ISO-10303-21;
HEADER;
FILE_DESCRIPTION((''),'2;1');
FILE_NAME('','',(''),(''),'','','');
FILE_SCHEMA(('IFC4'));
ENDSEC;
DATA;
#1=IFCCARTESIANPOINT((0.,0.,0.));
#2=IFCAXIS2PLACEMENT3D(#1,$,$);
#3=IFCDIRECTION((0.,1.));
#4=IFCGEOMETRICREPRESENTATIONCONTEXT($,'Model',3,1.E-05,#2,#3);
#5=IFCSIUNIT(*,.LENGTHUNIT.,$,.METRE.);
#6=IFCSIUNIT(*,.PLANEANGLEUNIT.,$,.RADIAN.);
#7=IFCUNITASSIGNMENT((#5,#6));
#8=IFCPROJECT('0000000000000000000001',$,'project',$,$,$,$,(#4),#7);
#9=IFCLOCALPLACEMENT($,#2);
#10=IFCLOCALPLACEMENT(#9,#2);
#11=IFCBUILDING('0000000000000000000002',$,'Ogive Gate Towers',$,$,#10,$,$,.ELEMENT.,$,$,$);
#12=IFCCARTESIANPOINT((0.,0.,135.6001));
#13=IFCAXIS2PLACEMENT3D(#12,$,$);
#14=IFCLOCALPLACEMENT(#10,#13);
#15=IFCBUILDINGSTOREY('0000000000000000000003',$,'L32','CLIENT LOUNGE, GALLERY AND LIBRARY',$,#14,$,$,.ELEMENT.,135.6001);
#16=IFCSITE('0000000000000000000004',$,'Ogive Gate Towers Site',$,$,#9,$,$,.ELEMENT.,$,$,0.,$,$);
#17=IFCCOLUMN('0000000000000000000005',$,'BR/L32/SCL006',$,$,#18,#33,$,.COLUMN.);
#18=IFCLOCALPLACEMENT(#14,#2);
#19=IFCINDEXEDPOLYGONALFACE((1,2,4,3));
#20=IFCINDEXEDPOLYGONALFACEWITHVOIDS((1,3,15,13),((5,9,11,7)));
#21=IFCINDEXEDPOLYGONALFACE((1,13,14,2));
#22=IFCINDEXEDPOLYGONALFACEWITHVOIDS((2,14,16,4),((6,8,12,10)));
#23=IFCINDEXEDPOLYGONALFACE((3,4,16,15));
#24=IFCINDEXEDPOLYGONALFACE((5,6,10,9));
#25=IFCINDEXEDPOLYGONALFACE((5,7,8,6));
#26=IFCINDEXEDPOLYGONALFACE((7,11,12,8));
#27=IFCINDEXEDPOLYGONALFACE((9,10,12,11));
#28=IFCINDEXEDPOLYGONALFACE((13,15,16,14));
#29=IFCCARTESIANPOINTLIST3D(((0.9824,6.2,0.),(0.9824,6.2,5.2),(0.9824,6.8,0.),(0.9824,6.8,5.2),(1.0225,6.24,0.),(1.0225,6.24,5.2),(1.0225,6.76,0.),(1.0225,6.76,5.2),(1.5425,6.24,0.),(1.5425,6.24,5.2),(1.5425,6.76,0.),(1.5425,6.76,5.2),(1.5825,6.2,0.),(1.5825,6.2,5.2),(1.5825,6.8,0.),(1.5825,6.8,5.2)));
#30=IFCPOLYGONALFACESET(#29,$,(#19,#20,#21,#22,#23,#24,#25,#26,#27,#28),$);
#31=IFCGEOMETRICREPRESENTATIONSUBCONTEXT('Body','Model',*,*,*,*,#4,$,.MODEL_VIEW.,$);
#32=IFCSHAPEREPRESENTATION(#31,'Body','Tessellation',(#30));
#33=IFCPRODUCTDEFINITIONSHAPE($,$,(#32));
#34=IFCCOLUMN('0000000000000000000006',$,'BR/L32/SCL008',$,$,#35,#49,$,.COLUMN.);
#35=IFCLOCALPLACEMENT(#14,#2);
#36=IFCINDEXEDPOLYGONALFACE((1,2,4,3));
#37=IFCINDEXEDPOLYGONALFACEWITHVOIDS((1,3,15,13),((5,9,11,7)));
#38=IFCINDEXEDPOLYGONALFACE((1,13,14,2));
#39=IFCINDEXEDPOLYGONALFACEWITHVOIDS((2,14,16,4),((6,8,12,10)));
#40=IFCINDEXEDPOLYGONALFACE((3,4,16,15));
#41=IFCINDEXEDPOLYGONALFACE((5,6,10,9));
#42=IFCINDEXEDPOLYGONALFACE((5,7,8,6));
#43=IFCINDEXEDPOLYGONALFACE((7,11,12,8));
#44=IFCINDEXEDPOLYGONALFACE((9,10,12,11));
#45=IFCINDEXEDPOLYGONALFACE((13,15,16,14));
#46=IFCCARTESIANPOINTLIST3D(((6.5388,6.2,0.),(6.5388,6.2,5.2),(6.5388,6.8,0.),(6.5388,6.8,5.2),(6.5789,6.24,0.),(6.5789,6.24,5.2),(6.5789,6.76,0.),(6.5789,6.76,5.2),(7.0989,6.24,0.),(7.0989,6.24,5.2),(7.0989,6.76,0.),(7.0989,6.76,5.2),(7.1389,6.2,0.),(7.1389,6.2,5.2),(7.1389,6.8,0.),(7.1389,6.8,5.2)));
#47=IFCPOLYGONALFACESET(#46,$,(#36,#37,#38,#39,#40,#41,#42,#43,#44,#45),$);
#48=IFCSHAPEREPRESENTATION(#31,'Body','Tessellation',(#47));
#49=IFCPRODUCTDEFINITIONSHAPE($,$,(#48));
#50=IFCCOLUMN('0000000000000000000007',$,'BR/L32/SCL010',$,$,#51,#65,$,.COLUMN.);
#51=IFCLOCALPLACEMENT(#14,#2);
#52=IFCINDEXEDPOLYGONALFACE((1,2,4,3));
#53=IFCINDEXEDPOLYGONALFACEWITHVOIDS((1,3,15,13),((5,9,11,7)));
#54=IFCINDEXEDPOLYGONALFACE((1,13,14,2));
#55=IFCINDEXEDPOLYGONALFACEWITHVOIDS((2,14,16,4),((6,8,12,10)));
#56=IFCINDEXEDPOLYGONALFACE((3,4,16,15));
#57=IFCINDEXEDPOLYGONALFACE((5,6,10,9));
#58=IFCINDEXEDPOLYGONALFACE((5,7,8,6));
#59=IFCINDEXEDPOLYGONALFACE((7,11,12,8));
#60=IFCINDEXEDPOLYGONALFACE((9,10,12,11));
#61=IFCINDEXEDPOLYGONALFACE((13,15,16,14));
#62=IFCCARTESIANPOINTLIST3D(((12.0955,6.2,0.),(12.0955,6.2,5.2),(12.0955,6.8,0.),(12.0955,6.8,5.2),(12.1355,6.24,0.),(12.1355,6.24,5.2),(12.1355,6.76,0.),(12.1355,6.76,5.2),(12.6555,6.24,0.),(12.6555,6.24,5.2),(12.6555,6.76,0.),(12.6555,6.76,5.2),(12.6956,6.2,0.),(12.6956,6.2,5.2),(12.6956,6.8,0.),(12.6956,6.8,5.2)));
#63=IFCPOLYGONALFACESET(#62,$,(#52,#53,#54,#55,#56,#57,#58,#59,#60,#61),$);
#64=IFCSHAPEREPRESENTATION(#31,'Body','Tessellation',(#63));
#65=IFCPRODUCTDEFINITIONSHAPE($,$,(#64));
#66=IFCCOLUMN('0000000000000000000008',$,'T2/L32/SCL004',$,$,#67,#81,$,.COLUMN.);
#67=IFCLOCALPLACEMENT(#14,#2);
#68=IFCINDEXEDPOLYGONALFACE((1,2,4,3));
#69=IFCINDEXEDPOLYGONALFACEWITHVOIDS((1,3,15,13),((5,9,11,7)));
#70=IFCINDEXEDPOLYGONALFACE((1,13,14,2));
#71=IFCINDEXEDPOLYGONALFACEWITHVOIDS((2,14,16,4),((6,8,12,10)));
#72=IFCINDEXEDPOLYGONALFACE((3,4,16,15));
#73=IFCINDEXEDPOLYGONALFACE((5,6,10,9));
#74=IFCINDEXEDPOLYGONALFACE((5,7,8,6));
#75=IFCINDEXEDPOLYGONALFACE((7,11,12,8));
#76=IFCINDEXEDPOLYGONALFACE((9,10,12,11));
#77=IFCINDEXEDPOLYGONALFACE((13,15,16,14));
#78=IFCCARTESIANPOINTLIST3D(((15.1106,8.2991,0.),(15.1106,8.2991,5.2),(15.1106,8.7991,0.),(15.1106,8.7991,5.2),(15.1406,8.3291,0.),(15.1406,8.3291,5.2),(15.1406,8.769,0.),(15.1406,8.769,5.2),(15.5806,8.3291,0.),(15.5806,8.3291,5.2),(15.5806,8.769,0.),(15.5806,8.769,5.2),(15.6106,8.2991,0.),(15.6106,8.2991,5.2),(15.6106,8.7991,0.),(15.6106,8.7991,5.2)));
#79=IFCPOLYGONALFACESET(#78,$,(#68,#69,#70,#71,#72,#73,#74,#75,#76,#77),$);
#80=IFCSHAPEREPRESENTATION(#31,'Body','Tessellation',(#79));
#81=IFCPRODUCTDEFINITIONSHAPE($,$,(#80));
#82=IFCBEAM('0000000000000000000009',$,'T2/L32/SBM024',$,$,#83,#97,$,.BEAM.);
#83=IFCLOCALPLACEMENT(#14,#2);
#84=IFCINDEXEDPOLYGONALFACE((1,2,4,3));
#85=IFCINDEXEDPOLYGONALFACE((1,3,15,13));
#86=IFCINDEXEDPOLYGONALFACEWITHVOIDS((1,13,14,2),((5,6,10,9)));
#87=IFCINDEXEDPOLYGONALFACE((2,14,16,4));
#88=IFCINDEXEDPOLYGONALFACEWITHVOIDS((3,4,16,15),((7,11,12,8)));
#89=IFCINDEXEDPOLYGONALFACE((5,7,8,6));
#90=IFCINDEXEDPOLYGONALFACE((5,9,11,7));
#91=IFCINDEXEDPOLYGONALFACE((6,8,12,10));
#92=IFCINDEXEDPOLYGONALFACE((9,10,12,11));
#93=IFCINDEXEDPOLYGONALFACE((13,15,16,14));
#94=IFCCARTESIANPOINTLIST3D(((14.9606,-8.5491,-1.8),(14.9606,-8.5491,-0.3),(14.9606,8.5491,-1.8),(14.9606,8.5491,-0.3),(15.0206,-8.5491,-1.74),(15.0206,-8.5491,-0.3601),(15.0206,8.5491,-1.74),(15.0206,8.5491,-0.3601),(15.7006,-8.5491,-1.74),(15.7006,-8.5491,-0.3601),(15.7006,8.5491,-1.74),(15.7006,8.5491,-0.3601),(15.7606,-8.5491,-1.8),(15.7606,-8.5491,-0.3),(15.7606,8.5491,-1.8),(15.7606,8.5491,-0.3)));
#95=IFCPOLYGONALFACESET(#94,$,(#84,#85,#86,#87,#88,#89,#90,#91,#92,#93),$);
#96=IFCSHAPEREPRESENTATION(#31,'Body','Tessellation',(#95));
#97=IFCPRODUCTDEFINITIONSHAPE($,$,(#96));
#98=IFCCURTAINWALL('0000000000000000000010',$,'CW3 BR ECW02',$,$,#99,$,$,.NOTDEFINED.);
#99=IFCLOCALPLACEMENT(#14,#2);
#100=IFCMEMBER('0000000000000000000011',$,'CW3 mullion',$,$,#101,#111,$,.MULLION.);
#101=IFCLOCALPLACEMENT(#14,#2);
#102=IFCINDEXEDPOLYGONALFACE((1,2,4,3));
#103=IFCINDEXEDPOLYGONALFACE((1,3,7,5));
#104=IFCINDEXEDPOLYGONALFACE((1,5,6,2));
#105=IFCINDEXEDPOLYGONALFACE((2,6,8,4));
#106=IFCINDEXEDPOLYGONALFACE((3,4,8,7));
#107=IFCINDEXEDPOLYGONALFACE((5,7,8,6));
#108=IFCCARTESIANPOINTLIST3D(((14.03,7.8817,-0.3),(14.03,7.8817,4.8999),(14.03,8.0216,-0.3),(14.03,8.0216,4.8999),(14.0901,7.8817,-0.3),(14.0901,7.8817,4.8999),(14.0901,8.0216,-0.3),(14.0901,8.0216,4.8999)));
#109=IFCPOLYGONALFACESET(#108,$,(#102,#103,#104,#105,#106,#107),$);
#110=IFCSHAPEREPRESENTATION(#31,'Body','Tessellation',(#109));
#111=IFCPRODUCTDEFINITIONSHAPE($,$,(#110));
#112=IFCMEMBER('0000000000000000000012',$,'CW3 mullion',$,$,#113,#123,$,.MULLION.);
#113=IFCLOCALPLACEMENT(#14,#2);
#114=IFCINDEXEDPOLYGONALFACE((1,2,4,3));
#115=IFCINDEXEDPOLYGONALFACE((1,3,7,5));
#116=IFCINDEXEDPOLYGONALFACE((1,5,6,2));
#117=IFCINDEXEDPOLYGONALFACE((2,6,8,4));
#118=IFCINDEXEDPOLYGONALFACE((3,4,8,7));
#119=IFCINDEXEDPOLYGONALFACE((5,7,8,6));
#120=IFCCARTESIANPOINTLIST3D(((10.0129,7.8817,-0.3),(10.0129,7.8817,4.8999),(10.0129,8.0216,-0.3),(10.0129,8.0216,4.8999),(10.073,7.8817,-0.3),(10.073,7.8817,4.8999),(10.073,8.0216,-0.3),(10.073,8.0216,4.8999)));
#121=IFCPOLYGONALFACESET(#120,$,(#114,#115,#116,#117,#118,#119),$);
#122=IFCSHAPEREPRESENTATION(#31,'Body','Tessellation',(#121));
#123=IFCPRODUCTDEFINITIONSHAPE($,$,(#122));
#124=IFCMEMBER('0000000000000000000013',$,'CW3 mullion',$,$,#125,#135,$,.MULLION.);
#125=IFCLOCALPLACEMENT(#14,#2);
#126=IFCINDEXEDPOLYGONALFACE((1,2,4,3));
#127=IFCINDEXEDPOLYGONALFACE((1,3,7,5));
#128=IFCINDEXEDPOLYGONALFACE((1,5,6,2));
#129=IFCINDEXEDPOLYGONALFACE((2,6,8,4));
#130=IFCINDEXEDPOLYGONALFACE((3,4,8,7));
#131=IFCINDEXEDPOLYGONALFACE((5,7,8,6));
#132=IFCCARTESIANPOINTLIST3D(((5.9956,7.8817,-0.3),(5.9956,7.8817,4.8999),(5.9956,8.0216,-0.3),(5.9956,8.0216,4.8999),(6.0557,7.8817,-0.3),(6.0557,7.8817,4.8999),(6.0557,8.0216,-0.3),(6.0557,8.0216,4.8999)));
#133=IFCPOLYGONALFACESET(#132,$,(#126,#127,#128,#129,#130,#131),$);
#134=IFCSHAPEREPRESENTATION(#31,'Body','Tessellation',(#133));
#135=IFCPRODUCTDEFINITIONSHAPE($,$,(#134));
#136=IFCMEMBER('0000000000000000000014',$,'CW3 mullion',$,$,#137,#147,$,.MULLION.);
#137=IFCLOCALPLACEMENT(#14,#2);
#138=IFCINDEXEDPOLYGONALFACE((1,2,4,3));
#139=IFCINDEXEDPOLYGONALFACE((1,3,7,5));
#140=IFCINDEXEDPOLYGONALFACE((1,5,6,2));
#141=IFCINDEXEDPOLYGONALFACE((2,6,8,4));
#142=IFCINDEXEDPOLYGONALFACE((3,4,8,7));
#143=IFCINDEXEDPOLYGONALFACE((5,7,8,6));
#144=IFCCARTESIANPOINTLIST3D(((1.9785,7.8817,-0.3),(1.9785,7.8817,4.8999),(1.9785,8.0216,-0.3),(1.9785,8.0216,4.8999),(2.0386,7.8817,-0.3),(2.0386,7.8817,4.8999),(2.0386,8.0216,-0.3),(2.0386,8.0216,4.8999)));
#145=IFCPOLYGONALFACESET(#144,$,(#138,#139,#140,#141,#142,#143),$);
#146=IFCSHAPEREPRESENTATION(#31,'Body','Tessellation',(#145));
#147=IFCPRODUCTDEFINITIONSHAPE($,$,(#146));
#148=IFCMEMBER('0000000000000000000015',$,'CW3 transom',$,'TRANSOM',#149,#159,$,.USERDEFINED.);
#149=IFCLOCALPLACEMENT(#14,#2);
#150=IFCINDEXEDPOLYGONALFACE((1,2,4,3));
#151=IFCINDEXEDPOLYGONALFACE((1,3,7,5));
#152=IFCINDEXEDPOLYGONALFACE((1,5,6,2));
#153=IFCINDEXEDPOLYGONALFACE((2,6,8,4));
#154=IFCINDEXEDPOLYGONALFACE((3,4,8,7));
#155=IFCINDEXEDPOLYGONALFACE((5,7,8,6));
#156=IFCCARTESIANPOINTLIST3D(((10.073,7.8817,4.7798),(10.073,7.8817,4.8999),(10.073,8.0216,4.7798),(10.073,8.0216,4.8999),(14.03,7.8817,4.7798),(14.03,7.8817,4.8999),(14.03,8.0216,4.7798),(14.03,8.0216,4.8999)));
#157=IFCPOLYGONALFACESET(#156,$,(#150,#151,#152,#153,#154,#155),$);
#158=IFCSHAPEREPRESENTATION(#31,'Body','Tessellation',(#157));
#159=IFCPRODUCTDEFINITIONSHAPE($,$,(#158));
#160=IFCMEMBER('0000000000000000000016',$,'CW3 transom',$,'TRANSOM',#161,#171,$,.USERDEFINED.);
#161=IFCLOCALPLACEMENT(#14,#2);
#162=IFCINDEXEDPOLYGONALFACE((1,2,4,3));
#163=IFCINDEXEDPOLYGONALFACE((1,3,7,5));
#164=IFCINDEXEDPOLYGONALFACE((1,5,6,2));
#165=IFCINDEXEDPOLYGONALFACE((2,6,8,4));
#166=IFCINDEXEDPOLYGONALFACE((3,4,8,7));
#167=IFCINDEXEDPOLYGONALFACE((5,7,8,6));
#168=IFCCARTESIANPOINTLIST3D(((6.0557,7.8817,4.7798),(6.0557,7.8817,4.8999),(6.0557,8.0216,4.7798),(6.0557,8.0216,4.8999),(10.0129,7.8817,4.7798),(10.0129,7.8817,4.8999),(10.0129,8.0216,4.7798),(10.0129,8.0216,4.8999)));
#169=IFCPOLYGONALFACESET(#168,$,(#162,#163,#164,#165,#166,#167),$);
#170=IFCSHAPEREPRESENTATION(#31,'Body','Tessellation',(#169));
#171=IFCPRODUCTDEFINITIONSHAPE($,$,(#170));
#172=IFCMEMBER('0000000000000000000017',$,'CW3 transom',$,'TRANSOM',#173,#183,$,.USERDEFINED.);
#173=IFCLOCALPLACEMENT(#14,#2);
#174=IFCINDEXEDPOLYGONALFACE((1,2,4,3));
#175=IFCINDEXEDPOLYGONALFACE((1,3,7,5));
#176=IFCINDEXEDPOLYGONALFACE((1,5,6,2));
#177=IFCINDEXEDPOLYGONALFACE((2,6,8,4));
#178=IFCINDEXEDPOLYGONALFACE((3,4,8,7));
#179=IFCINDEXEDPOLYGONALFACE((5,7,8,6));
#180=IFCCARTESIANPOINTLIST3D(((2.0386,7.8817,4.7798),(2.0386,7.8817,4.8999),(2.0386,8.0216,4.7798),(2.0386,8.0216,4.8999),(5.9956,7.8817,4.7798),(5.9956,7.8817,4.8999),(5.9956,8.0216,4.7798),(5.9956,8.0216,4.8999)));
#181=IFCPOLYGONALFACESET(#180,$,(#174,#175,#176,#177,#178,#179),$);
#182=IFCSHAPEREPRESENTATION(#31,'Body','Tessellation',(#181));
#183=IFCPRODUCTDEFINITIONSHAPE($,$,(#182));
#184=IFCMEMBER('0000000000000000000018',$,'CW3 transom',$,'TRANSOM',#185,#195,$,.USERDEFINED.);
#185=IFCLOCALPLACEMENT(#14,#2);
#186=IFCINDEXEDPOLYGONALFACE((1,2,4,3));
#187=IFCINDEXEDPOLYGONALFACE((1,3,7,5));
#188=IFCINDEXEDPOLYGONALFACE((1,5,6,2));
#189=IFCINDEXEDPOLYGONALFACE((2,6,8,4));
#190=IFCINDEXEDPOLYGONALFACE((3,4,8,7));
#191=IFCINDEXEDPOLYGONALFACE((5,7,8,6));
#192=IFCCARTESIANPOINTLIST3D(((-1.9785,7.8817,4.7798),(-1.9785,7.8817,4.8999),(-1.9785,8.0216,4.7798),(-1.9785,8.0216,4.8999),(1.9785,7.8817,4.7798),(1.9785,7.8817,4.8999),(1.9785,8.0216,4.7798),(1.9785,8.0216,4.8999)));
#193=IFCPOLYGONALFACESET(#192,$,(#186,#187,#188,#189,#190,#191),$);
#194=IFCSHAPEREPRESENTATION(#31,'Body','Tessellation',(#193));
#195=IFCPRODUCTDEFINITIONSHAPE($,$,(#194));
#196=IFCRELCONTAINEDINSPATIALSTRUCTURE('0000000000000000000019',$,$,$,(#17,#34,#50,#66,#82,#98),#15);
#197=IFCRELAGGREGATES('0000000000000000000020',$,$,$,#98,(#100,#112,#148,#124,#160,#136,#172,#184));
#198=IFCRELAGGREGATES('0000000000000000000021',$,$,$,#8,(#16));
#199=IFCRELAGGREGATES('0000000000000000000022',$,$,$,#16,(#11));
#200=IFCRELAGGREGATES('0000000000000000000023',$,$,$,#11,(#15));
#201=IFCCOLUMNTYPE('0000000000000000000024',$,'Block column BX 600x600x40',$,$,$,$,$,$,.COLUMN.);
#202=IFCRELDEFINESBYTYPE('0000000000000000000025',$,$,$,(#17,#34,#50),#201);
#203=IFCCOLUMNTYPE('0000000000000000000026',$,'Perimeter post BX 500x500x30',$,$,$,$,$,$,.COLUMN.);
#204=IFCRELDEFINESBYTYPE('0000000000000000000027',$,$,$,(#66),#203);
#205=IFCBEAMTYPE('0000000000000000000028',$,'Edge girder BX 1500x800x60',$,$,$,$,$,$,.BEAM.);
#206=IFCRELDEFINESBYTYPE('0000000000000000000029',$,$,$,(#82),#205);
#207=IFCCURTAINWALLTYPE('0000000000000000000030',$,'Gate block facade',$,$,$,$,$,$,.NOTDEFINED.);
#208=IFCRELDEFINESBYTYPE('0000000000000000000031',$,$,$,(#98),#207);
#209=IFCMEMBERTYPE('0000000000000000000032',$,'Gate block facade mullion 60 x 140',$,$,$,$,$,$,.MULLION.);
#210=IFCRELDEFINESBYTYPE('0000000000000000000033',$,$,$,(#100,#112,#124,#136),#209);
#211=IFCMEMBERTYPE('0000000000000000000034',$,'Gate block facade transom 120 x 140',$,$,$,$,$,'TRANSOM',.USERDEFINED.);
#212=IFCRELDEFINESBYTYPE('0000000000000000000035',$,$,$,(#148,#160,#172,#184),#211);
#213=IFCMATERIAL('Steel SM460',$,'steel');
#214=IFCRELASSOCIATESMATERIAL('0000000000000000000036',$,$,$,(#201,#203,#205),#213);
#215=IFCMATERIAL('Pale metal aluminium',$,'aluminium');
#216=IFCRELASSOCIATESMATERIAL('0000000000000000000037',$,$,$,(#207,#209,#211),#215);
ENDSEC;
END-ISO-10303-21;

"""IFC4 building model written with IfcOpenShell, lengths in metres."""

from ifc_helpers import new_model, si_unit, direction, frame, origin, origin_2d, place, context, subcontext, project, spatial, rectangle, hollow_rectangle, extrude, material, material_profile, profile_set, type_object, element, aggregate, save


model = new_model("IFC4")

# Units and contexts
model_context = context("Model", 3, precision=1e-05, world=origin(), true_north=direction((0.0, 1.0)))
body_context = subcontext(model_context, "Body", "Model", "MODEL_VIEW")
ifc_project = project(units=[si_unit("LENGTHUNIT", "METRE"), si_unit("PLANEANGLEUNIT", "RADIAN")], contexts=[model_context])

# Site, building, storey
site_placement = place(None, origin())
site = spatial("IfcSite", under=ifc_project, at=site_placement, Name="Ogive Gate Towers Site", CompositionType="ELEMENT", RefElevation=0.0)
building_placement = place(site_placement, origin())
building = spatial("IfcBuilding", under=site, at=building_placement, Name="Ogive Gate Towers", CompositionType="ELEMENT")
storey_placement = place(building_placement, frame((0.0, 0.0, 135.6001)))
storey = spatial("IfcBuildingStorey", under=building, at=storey_placement, Name="L32", Description="CLIENT LOUNGE, GALLERY AND LIBRARY", CompositionType="ELEMENT", Elevation=135.6001)

# Columns
ifc_material_1 = material(Name="Steel SM460", Category="steel")
ifc_material_profile_1 = material_profile(ifc_material_1, hollow_rectangle(XDim=0.6001, YDim=0.6001, WallThickness=0.04, at=origin_2d()), Name="BX 600x600x40")
ifc_profile_set_1 = profile_set([ifc_material_profile_1], Name="Steel SM460")
column_type_1 = type_object("IfcColumnType", Name="Block column BX 600x600x40", PredefinedType="COLUMN", material=ifc_profile_set_1)
for number, where, z_axis, x_axis, name in (
    (1, (1.2825, 6.5, 0.0), (0.0, 0.0, 1.0), (1.0, 0.0, 0.0), "BR/L32/SCL006"),
    (2, (6.8389, 6.5, 0.0), (0.0, 0.0, 1.0), (1.0, 0.0, 0.0), "BR/L32/SCL008"),
    (3, (12.3955, 6.5, 0.0), (0.0, 0.0, 1.0), (1.0, 0.0, 0.0), "BR/L32/SCL010"),
):
    element("IfcColumn", number, at=place(storey_placement, frame(where, z_axis=z_axis, x_axis=x_axis)), inside=storey, type_object=column_type_1, Name=name, PredefinedType="COLUMN", context=body_context, shape_type="SweptSolid", body=[
        extrude(hollow_rectangle(XDim=0.6001, YDim=0.6001, WallThickness=0.04, at=origin_2d()), origin(), (0.0, 0.0, 1.0), 5.2),
    ])
ifc_material_profile_2 = material_profile(ifc_material_1, hollow_rectangle(XDim=0.5, YDim=0.5, WallThickness=0.03, at=origin_2d()), Name="BX 500x500x30")
ifc_profile_set_2 = profile_set([ifc_material_profile_2], Name="Steel SM460")
column_type_2 = type_object("IfcColumnType", Name="Perimeter post BX 500x500x30", PredefinedType="COLUMN", material=ifc_profile_set_2)
column_placement = place(storey_placement, frame((15.3606, 8.5491, 0.0), z_axis=(0.0, 0.0, 1.0), x_axis=(1.0, 0.0, 0.0)))
element("IfcColumn", 4, at=column_placement, inside=storey, type_object=column_type_2, Name="T2/L32/SCL004", PredefinedType="COLUMN", context=body_context, shape_type="SweptSolid", body=[
    extrude(hollow_rectangle(XDim=0.5, YDim=0.5, WallThickness=0.03, at=origin_2d()), origin(), (0.0, 0.0, 1.0), 5.2),
])

# Beam
ifc_material_profile_3 = material_profile(ifc_material_1, hollow_rectangle(XDim=0.8, YDim=1.5, WallThickness=0.0601, at=origin_2d()), Name="BX 1500x800x60")
ifc_profile_set_3 = profile_set([ifc_material_profile_3], Name="Steel SM460")
beam_type = type_object("IfcBeamType", Name="Edge girder BX 1500x800x60", PredefinedType="BEAM", material=ifc_profile_set_3)
beam_placement = place(storey_placement, frame((15.3606, 8.5491, -1.05), z_axis=(0.0, -1.0, 0.0), x_axis=(1.0, 0.0, 0.0)))
element("IfcBeam", 5, at=beam_placement, inside=storey, type_object=beam_type, Name="T2/L32/SBM024", PredefinedType="BEAM", context=body_context, shape_type="SweptSolid", body=[
    extrude(hollow_rectangle(XDim=0.8, YDim=1.5, WallThickness=0.0601, at=origin_2d()), origin(), (0.0, 0.0, 1.0), 17.0981),
])

# Curtain wall, members
ifc_material_2 = material(Name="Pale metal aluminium", Category="aluminium")
curtain_wall_type_1 = type_object("IfcCurtainWallType", Name="Gate block facade", PredefinedType="NOTDEFINED", material=ifc_material_2)
curtain_wall_1_placement = place(storey_placement, origin())
curtain_wall_1 = element("IfcCurtainWall", 6, at=curtain_wall_1_placement, inside=storey, type_object=curtain_wall_type_1, Name="CW3 BR ECW02", PredefinedType="NOTDEFINED")
ifc_material_profile_4 = material_profile(ifc_material_2, rectangle(XDim=0.1399, YDim=0.0601, at=origin_2d()), Name="60 x 140 aluminium box")
ifc_profile_set_4 = profile_set([ifc_material_profile_4], Name="Pale metal aluminium")
member_type_1 = type_object("IfcMemberType", Name="Gate block facade mullion 60 x 140", PredefinedType="MULLION", material=ifc_profile_set_4)
member_1_placement = place(storey_placement, frame((14.0601, 7.9517, -0.3), z_axis=(0.0, 0.0, 1.0), x_axis=(0.0, 1.0, 0.0)))
member_1 = element("IfcMember", 7, at=member_1_placement, type_object=member_type_1, Name="CW3 mullion", PredefinedType="MULLION", context=body_context, shape_type="SweptSolid", body=[
    extrude(rectangle(XDim=0.1399, YDim=0.0601, at=origin_2d()), origin(), (0.0, 0.0, 1.0), 5.2),
])
member_2_placement = place(storey_placement, frame((10.043, 7.9517, -0.3), z_axis=(0.0, 0.0, 1.0), x_axis=(0.0, 1.0, 0.0)))
member_2 = element("IfcMember", 8, at=member_2_placement, type_object=member_type_1, Name="CW3 mullion", PredefinedType="MULLION", context=body_context, shape_type="SweptSolid", body=[
    extrude(rectangle(XDim=0.1399, YDim=0.0601, at=origin_2d()), origin(), (0.0, 0.0, 1.0), 5.2),
])
member_3_placement = place(storey_placement, frame((6.0256, 7.9517, -0.3), z_axis=(0.0, 0.0, 1.0), x_axis=(0.0, 1.0, 0.0)))
member_3 = element("IfcMember", 9, at=member_3_placement, type_object=member_type_1, Name="CW3 mullion", PredefinedType="MULLION", context=body_context, shape_type="SweptSolid", body=[
    extrude(rectangle(XDim=0.1399, YDim=0.0601, at=origin_2d()), origin(), (0.0, 0.0, 1.0), 5.2),
])
member_4_placement = place(storey_placement, frame((2.0085, 7.9517, -0.3), z_axis=(0.0, 0.0, 1.0), x_axis=(0.0, 1.0, 0.0)))
member_4 = element("IfcMember", 10, at=member_4_placement, type_object=member_type_1, Name="CW3 mullion", PredefinedType="MULLION", context=body_context, shape_type="SweptSolid", body=[
    extrude(rectangle(XDim=0.1399, YDim=0.0601, at=origin_2d()), origin(), (0.0, 0.0, 1.0), 5.2),
])
ifc_material_profile_5 = material_profile(ifc_material_2, rectangle(XDim=0.1399, YDim=0.1201, at=origin_2d()), Name="120 x 140 aluminium box")
ifc_profile_set_5 = profile_set([ifc_material_profile_5], Name="Pale metal aluminium")
member_type_2 = type_object("IfcMemberType", Name="Gate block facade transom 120 x 140", ElementType="TRANSOM", PredefinedType="USERDEFINED", material=ifc_profile_set_5)
member_5_placement = place(storey_placement, frame((14.03, 7.9517, 4.8398), z_axis=(-1.0, 0.0, 0.0), x_axis=(0.0, -1.0, 0.0)))
member_5 = element("IfcMember", 11, at=member_5_placement, type_object=member_type_2, Name="CW3 transom", ObjectType="TRANSOM", PredefinedType="USERDEFINED", context=body_context, shape_type="SweptSolid", body=[
    extrude(rectangle(XDim=0.1399, YDim=0.1201, at=origin_2d()), origin(), (0.0, 0.0, 1.0), 3.957),
])
member_6_placement = place(storey_placement, frame((10.0129, 7.9517, 4.8398), z_axis=(-1.0, 0.0, 0.0), x_axis=(0.0, -1.0, 0.0)))
member_6 = element("IfcMember", 12, at=member_6_placement, type_object=member_type_2, Name="CW3 transom", ObjectType="TRANSOM", PredefinedType="USERDEFINED", context=body_context, shape_type="SweptSolid", body=[
    extrude(rectangle(XDim=0.1399, YDim=0.1201, at=origin_2d()), origin(), (0.0, 0.0, 1.0), 3.9573),
])
member_7_placement = place(storey_placement, frame((5.9956, 7.9517, 4.8398), z_axis=(-1.0, 0.0, 0.0), x_axis=(0.0, -1.0, 0.0)))
member_7 = element("IfcMember", 13, at=member_7_placement, type_object=member_type_2, Name="CW3 transom", ObjectType="TRANSOM", PredefinedType="USERDEFINED", context=body_context, shape_type="SweptSolid", body=[
    extrude(rectangle(XDim=0.1399, YDim=0.1201, at=origin_2d()), origin(), (0.0, 0.0, 1.0), 3.957),
])
member_8_placement = place(storey_placement, frame((1.9785, 7.9517, 4.8398), z_axis=(-1.0, 0.0, 0.0), x_axis=(0.0, -1.0, 0.0)))
member_8 = element("IfcMember", 14, at=member_8_placement, type_object=member_type_2, Name="CW3 transom", ObjectType="TRANSOM", PredefinedType="USERDEFINED", context=body_context, shape_type="SweptSolid", body=[
    extrude(rectangle(XDim=0.1399, YDim=0.1201, at=origin_2d()), origin(), (0.0, 0.0, 1.0), 3.957),
])

aggregate(curtain_wall_1, [member_1, member_2, member_5, member_3, member_6, member_4, member_7, member_8])

save(model, "model.ifc")
